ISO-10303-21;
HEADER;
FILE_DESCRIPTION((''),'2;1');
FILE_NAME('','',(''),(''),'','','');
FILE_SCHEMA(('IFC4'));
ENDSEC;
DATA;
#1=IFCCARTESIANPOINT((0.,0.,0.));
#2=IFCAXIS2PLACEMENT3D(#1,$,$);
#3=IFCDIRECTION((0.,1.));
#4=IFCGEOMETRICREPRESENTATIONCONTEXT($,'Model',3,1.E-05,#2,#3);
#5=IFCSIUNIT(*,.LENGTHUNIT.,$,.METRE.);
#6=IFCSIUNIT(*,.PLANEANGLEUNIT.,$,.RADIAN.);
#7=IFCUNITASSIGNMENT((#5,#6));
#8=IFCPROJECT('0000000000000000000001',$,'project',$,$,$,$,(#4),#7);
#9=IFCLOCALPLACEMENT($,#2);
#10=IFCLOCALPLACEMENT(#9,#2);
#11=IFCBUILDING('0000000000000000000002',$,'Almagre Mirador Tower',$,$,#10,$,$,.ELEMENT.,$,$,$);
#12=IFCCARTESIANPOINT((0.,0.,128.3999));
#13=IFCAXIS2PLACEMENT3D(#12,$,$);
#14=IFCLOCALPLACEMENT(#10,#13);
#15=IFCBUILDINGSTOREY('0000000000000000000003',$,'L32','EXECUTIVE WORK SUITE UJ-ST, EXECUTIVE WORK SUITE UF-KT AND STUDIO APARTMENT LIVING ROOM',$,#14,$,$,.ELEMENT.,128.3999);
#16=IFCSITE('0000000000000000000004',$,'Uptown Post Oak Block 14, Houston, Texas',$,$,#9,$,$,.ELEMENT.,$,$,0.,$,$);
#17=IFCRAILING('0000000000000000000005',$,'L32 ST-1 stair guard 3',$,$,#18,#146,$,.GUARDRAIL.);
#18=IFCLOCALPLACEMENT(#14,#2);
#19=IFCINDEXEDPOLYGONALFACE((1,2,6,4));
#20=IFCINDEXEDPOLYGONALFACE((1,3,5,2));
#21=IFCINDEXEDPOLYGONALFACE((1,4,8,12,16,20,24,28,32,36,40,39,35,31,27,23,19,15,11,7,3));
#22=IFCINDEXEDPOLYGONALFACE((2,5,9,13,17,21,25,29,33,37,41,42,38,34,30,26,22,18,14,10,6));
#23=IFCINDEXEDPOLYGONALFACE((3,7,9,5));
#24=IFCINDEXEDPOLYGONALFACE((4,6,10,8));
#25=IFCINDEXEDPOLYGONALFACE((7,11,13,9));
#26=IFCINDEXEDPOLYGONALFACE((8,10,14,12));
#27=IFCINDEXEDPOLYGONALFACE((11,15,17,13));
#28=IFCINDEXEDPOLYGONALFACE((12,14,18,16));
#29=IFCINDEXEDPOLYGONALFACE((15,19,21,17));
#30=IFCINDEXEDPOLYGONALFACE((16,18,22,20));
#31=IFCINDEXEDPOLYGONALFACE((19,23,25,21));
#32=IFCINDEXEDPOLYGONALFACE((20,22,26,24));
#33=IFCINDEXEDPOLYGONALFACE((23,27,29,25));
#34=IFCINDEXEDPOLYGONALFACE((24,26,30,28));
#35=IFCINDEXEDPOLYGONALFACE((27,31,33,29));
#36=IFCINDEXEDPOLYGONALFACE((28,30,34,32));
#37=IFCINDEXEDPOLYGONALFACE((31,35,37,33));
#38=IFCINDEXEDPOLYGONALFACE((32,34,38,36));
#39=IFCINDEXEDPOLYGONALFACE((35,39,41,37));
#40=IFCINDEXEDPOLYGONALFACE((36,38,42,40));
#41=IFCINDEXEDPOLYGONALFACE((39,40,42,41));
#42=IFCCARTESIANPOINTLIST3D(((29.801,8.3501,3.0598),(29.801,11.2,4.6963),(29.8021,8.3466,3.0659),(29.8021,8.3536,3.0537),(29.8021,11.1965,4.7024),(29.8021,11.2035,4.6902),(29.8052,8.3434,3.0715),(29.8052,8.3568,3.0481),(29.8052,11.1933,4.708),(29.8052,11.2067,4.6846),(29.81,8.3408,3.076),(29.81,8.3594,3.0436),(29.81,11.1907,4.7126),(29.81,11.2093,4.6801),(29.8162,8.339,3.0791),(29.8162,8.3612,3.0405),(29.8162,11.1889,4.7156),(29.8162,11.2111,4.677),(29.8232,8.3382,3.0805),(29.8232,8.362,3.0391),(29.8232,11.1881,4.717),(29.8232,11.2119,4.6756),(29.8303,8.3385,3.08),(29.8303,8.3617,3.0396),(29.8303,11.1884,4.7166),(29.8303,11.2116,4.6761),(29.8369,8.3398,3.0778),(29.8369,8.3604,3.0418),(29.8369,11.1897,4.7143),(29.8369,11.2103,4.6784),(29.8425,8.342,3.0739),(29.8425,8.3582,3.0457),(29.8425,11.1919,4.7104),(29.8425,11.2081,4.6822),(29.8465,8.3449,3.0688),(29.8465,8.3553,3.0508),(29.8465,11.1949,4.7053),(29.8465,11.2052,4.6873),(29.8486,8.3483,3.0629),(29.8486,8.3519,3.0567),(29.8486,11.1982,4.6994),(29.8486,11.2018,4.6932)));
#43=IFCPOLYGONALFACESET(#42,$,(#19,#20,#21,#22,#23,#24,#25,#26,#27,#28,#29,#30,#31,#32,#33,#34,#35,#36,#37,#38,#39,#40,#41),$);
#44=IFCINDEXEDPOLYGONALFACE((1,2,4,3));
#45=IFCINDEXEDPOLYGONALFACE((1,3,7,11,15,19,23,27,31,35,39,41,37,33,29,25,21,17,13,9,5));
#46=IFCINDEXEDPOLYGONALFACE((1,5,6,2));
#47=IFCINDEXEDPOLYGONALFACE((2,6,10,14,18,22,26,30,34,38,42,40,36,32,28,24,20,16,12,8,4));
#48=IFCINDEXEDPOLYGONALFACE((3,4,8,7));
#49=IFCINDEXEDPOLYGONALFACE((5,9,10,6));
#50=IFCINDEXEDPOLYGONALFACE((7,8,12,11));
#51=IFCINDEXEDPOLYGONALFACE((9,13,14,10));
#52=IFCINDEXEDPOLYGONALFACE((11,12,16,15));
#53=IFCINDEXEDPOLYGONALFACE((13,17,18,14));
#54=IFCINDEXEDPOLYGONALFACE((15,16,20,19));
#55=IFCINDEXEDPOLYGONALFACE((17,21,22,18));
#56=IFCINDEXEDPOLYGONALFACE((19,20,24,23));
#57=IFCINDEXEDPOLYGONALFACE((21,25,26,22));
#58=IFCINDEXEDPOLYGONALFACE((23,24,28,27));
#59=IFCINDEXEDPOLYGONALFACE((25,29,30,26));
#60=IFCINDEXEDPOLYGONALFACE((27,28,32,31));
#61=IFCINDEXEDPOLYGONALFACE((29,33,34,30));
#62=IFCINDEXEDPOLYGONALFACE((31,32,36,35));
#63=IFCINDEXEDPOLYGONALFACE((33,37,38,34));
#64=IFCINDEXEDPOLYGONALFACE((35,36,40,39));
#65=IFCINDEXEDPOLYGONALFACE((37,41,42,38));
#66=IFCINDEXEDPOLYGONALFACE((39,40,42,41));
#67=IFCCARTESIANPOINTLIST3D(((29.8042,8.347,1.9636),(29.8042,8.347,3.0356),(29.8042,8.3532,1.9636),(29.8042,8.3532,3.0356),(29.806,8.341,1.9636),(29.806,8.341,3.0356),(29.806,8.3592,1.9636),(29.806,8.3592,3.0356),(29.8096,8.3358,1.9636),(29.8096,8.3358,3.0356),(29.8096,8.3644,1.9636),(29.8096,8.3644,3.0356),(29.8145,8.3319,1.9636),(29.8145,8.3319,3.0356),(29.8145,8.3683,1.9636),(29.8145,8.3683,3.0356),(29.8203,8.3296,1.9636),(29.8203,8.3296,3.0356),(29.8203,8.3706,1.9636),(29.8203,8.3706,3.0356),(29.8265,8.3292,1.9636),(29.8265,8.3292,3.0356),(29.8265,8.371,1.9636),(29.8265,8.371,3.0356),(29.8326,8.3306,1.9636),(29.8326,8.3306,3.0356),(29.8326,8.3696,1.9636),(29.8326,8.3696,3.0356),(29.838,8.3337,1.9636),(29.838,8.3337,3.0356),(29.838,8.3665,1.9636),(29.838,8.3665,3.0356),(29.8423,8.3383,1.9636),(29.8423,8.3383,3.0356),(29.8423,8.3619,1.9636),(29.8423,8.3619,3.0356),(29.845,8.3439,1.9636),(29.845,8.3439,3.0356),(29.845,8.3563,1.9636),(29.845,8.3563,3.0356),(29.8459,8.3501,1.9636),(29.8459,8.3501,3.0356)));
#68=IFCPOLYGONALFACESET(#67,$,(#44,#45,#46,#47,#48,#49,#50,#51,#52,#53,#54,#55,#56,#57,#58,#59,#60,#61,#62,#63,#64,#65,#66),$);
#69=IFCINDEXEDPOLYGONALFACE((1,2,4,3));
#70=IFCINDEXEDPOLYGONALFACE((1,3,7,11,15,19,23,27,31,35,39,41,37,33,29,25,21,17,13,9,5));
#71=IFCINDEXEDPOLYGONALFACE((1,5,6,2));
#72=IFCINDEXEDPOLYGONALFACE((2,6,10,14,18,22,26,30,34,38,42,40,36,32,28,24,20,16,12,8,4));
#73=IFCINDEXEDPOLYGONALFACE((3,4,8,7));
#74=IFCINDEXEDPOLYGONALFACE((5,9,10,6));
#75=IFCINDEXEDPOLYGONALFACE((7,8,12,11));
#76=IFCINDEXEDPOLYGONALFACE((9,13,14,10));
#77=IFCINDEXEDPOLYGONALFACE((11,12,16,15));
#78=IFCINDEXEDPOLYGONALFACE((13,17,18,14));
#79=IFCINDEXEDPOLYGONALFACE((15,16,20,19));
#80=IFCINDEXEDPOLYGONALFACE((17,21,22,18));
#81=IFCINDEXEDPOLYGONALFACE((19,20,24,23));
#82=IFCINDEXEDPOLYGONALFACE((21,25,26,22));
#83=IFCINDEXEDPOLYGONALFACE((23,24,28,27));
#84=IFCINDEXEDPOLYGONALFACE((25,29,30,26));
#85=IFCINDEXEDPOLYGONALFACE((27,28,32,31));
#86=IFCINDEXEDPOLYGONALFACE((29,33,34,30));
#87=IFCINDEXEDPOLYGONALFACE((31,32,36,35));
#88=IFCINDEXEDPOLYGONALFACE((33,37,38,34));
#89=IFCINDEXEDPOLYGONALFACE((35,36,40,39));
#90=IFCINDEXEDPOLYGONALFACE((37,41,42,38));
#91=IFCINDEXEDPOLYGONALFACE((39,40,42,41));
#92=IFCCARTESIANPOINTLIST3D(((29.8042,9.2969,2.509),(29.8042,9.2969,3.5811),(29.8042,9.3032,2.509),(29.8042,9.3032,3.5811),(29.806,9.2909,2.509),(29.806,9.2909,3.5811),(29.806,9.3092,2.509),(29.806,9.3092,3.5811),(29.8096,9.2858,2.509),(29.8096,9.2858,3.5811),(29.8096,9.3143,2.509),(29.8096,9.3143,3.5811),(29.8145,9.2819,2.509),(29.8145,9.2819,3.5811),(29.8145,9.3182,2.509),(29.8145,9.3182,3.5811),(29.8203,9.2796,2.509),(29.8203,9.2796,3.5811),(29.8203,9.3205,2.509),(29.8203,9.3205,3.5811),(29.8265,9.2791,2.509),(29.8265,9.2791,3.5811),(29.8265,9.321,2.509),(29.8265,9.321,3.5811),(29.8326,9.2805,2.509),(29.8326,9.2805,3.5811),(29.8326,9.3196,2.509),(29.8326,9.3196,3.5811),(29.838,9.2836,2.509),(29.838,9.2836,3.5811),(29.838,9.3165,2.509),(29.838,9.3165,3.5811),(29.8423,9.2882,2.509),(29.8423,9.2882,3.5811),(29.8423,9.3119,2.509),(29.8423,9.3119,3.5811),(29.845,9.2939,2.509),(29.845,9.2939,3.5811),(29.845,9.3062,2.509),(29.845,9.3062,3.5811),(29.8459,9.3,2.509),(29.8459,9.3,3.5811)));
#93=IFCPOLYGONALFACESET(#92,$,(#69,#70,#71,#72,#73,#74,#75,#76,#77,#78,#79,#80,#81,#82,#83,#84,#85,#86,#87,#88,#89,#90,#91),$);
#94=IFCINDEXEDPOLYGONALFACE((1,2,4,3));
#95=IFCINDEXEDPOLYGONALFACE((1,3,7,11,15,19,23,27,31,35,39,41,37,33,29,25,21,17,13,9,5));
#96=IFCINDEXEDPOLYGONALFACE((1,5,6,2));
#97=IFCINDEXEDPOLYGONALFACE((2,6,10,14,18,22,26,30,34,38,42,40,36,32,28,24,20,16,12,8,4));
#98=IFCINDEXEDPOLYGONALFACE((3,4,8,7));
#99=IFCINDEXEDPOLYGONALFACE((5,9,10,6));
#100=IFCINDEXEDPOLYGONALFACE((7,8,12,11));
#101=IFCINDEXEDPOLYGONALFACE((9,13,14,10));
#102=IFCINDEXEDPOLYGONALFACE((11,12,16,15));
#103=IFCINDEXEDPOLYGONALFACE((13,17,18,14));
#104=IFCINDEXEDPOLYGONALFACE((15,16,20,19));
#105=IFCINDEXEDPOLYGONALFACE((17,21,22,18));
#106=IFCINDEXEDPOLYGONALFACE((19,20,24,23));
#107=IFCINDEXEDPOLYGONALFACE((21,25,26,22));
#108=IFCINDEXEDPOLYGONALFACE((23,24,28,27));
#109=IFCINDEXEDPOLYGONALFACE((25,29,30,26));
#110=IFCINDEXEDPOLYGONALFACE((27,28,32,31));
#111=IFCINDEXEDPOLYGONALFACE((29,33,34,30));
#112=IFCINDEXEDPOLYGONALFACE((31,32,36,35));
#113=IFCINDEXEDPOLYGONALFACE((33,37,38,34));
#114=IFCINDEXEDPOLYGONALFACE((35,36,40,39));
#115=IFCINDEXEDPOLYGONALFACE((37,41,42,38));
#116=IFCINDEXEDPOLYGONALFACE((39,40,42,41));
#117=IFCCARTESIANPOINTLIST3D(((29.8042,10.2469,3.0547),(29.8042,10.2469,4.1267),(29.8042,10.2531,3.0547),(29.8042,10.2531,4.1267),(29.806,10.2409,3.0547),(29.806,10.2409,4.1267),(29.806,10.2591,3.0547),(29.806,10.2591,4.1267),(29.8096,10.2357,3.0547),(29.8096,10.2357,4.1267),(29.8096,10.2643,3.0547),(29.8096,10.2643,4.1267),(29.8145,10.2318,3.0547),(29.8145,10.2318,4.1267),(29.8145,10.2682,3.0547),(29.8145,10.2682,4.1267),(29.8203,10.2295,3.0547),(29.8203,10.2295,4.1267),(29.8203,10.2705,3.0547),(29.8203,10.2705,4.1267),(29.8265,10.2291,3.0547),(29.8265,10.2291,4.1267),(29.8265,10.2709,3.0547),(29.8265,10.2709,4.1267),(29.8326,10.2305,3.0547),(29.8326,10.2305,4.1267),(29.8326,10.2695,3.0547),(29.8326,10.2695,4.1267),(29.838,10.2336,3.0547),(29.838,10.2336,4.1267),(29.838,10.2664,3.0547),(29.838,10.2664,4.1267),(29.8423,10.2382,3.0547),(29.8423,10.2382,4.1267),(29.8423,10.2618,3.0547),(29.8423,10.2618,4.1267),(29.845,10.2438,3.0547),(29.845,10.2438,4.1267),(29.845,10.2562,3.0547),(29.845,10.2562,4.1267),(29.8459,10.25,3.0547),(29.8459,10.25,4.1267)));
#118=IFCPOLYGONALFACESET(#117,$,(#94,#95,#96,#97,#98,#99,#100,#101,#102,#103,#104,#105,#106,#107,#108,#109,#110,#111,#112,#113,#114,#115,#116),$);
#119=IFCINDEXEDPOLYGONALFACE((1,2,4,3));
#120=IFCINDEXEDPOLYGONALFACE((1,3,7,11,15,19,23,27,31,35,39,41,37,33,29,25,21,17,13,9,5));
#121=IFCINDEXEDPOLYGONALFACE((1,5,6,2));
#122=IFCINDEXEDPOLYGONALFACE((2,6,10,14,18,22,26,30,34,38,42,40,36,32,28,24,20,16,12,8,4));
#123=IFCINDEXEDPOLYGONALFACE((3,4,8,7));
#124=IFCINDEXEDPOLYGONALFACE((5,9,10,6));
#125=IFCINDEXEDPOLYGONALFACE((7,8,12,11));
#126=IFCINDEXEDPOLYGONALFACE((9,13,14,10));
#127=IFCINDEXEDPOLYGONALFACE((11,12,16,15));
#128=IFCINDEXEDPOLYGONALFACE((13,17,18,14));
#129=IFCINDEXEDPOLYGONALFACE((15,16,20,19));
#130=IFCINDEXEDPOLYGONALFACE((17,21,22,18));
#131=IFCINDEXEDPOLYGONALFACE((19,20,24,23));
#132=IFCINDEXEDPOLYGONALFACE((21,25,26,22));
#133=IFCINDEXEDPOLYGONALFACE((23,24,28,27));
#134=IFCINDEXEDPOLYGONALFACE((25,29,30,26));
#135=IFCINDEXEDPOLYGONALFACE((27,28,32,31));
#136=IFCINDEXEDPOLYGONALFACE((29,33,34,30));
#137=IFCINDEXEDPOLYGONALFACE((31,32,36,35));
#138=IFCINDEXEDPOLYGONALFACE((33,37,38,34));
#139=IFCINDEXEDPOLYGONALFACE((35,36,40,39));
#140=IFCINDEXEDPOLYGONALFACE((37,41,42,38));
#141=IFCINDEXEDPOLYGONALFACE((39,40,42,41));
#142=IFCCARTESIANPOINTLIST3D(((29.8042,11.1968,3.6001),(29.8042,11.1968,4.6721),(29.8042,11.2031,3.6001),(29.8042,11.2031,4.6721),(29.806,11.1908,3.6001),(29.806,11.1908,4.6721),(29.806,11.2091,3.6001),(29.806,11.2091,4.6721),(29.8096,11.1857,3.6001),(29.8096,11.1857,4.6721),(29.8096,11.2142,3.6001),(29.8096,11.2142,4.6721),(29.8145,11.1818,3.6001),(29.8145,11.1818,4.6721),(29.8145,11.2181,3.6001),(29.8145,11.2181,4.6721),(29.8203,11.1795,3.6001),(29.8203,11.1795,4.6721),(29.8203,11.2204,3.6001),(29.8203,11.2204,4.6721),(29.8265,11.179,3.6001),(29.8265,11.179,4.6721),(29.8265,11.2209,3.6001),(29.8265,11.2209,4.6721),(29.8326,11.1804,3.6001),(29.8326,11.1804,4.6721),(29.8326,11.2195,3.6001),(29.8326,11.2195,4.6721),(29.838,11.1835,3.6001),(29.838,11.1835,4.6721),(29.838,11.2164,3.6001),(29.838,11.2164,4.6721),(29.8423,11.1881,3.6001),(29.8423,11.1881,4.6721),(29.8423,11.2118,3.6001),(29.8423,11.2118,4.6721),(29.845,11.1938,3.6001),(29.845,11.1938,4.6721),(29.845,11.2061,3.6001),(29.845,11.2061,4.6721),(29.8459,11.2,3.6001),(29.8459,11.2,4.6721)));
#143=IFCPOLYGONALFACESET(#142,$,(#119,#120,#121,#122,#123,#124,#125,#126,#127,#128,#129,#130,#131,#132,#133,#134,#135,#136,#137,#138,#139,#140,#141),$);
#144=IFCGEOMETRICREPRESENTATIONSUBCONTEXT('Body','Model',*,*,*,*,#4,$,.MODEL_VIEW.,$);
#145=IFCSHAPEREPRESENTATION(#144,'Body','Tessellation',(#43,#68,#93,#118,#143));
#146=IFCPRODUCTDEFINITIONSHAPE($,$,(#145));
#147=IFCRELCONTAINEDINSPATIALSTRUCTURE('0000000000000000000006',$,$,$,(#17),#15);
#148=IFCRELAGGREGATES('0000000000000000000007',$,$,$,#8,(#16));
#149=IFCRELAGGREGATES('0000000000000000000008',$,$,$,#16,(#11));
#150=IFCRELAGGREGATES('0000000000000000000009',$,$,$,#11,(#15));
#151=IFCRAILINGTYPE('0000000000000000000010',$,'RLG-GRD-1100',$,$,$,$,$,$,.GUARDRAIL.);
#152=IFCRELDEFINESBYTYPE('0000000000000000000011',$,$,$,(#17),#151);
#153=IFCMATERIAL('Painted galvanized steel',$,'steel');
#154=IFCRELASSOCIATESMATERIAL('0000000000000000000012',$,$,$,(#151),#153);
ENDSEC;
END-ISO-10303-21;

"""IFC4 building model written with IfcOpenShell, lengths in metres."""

from ifc_helpers import new_model, si_unit, direction, frame, origin, origin_2d, place, context, subcontext, project, spatial, circle, extrude, material, type_object, element, save


model = new_model("IFC4")

# Units and contexts
model_context = context("Model", 3, precision=1e-05, world=origin(), true_north=direction((0.0, 1.0)))
body_context = subcontext(model_context, "Body", "Model", "MODEL_VIEW")
ifc_project = project(units=[si_unit("LENGTHUNIT", "METRE"), si_unit("PLANEANGLEUNIT", "RADIAN")], contexts=[model_context])

# Site, building, storey
site_placement = place(None, origin())
site = spatial("IfcSite", under=ifc_project, at=site_placement, Name="Uptown Post Oak Block 14, Houston, Texas", CompositionType="ELEMENT", RefElevation=0.0)
building_placement = place(site_placement, origin())
building = spatial("IfcBuilding", under=site, at=building_placement, Name="Almagre Mirador Tower", CompositionType="ELEMENT")
storey_placement = place(building_placement, frame((0.0, 0.0, 128.3999)))
storey = spatial("IfcBuildingStorey", under=building, at=storey_placement, Name="L32", Description="EXECUTIVE WORK SUITE UJ-ST, EXECUTIVE WORK SUITE UF-KT AND STUDIO APARTMENT LIVING ROOM", CompositionType="ELEMENT", Elevation=128.3999)

# Railing
ifc_material_1 = material(Name="Painted galvanized steel", Category="steel")
railing_type_1 = type_object("IfcRailingType", Name="RLG-GRD-1100", PredefinedType="GUARDRAIL", material=ifc_material_1)
railing_1_placement = place(storey_placement, frame((29.825, 8.3501, 1.9636)))
element("IfcRailing", 1, at=railing_1_placement, inside=storey, type_object=railing_type_1, Name="L32 ST-1 stair guard 3", PredefinedType="GUARDRAIL", context=body_context, shape_type="SweptSolid", body=[
    extrude(circle(Radius=0.0239, at=origin_2d()), frame((0.0, 0.0, 1.0962), z_axis=(0.0, 0.867194, 0.49797), x_axis=(-1.0, 0.0, 0.0)), (0.0, 0.0, 1.0), 3.2864),
    extrude(circle(Radius=0.021, at=origin_2d()), origin(), (0.0, 0.0, 1.0), 1.072),
    extrude(circle(Radius=0.021, at=origin_2d()), frame((0.0, 0.95, 0.5454)), (0.0, 0.0, 1.0), 1.072),
    extrude(circle(Radius=0.021, at=origin_2d()), frame((0.0, 1.8999, 1.0911)), (0.0, 0.0, 1.0), 1.072),
    extrude(circle(Radius=0.021, at=origin_2d()), frame((0.0, 2.8499, 1.6365)), (0.0, 0.0, 1.0), 1.072),
])

save(model, "model.ifc")
